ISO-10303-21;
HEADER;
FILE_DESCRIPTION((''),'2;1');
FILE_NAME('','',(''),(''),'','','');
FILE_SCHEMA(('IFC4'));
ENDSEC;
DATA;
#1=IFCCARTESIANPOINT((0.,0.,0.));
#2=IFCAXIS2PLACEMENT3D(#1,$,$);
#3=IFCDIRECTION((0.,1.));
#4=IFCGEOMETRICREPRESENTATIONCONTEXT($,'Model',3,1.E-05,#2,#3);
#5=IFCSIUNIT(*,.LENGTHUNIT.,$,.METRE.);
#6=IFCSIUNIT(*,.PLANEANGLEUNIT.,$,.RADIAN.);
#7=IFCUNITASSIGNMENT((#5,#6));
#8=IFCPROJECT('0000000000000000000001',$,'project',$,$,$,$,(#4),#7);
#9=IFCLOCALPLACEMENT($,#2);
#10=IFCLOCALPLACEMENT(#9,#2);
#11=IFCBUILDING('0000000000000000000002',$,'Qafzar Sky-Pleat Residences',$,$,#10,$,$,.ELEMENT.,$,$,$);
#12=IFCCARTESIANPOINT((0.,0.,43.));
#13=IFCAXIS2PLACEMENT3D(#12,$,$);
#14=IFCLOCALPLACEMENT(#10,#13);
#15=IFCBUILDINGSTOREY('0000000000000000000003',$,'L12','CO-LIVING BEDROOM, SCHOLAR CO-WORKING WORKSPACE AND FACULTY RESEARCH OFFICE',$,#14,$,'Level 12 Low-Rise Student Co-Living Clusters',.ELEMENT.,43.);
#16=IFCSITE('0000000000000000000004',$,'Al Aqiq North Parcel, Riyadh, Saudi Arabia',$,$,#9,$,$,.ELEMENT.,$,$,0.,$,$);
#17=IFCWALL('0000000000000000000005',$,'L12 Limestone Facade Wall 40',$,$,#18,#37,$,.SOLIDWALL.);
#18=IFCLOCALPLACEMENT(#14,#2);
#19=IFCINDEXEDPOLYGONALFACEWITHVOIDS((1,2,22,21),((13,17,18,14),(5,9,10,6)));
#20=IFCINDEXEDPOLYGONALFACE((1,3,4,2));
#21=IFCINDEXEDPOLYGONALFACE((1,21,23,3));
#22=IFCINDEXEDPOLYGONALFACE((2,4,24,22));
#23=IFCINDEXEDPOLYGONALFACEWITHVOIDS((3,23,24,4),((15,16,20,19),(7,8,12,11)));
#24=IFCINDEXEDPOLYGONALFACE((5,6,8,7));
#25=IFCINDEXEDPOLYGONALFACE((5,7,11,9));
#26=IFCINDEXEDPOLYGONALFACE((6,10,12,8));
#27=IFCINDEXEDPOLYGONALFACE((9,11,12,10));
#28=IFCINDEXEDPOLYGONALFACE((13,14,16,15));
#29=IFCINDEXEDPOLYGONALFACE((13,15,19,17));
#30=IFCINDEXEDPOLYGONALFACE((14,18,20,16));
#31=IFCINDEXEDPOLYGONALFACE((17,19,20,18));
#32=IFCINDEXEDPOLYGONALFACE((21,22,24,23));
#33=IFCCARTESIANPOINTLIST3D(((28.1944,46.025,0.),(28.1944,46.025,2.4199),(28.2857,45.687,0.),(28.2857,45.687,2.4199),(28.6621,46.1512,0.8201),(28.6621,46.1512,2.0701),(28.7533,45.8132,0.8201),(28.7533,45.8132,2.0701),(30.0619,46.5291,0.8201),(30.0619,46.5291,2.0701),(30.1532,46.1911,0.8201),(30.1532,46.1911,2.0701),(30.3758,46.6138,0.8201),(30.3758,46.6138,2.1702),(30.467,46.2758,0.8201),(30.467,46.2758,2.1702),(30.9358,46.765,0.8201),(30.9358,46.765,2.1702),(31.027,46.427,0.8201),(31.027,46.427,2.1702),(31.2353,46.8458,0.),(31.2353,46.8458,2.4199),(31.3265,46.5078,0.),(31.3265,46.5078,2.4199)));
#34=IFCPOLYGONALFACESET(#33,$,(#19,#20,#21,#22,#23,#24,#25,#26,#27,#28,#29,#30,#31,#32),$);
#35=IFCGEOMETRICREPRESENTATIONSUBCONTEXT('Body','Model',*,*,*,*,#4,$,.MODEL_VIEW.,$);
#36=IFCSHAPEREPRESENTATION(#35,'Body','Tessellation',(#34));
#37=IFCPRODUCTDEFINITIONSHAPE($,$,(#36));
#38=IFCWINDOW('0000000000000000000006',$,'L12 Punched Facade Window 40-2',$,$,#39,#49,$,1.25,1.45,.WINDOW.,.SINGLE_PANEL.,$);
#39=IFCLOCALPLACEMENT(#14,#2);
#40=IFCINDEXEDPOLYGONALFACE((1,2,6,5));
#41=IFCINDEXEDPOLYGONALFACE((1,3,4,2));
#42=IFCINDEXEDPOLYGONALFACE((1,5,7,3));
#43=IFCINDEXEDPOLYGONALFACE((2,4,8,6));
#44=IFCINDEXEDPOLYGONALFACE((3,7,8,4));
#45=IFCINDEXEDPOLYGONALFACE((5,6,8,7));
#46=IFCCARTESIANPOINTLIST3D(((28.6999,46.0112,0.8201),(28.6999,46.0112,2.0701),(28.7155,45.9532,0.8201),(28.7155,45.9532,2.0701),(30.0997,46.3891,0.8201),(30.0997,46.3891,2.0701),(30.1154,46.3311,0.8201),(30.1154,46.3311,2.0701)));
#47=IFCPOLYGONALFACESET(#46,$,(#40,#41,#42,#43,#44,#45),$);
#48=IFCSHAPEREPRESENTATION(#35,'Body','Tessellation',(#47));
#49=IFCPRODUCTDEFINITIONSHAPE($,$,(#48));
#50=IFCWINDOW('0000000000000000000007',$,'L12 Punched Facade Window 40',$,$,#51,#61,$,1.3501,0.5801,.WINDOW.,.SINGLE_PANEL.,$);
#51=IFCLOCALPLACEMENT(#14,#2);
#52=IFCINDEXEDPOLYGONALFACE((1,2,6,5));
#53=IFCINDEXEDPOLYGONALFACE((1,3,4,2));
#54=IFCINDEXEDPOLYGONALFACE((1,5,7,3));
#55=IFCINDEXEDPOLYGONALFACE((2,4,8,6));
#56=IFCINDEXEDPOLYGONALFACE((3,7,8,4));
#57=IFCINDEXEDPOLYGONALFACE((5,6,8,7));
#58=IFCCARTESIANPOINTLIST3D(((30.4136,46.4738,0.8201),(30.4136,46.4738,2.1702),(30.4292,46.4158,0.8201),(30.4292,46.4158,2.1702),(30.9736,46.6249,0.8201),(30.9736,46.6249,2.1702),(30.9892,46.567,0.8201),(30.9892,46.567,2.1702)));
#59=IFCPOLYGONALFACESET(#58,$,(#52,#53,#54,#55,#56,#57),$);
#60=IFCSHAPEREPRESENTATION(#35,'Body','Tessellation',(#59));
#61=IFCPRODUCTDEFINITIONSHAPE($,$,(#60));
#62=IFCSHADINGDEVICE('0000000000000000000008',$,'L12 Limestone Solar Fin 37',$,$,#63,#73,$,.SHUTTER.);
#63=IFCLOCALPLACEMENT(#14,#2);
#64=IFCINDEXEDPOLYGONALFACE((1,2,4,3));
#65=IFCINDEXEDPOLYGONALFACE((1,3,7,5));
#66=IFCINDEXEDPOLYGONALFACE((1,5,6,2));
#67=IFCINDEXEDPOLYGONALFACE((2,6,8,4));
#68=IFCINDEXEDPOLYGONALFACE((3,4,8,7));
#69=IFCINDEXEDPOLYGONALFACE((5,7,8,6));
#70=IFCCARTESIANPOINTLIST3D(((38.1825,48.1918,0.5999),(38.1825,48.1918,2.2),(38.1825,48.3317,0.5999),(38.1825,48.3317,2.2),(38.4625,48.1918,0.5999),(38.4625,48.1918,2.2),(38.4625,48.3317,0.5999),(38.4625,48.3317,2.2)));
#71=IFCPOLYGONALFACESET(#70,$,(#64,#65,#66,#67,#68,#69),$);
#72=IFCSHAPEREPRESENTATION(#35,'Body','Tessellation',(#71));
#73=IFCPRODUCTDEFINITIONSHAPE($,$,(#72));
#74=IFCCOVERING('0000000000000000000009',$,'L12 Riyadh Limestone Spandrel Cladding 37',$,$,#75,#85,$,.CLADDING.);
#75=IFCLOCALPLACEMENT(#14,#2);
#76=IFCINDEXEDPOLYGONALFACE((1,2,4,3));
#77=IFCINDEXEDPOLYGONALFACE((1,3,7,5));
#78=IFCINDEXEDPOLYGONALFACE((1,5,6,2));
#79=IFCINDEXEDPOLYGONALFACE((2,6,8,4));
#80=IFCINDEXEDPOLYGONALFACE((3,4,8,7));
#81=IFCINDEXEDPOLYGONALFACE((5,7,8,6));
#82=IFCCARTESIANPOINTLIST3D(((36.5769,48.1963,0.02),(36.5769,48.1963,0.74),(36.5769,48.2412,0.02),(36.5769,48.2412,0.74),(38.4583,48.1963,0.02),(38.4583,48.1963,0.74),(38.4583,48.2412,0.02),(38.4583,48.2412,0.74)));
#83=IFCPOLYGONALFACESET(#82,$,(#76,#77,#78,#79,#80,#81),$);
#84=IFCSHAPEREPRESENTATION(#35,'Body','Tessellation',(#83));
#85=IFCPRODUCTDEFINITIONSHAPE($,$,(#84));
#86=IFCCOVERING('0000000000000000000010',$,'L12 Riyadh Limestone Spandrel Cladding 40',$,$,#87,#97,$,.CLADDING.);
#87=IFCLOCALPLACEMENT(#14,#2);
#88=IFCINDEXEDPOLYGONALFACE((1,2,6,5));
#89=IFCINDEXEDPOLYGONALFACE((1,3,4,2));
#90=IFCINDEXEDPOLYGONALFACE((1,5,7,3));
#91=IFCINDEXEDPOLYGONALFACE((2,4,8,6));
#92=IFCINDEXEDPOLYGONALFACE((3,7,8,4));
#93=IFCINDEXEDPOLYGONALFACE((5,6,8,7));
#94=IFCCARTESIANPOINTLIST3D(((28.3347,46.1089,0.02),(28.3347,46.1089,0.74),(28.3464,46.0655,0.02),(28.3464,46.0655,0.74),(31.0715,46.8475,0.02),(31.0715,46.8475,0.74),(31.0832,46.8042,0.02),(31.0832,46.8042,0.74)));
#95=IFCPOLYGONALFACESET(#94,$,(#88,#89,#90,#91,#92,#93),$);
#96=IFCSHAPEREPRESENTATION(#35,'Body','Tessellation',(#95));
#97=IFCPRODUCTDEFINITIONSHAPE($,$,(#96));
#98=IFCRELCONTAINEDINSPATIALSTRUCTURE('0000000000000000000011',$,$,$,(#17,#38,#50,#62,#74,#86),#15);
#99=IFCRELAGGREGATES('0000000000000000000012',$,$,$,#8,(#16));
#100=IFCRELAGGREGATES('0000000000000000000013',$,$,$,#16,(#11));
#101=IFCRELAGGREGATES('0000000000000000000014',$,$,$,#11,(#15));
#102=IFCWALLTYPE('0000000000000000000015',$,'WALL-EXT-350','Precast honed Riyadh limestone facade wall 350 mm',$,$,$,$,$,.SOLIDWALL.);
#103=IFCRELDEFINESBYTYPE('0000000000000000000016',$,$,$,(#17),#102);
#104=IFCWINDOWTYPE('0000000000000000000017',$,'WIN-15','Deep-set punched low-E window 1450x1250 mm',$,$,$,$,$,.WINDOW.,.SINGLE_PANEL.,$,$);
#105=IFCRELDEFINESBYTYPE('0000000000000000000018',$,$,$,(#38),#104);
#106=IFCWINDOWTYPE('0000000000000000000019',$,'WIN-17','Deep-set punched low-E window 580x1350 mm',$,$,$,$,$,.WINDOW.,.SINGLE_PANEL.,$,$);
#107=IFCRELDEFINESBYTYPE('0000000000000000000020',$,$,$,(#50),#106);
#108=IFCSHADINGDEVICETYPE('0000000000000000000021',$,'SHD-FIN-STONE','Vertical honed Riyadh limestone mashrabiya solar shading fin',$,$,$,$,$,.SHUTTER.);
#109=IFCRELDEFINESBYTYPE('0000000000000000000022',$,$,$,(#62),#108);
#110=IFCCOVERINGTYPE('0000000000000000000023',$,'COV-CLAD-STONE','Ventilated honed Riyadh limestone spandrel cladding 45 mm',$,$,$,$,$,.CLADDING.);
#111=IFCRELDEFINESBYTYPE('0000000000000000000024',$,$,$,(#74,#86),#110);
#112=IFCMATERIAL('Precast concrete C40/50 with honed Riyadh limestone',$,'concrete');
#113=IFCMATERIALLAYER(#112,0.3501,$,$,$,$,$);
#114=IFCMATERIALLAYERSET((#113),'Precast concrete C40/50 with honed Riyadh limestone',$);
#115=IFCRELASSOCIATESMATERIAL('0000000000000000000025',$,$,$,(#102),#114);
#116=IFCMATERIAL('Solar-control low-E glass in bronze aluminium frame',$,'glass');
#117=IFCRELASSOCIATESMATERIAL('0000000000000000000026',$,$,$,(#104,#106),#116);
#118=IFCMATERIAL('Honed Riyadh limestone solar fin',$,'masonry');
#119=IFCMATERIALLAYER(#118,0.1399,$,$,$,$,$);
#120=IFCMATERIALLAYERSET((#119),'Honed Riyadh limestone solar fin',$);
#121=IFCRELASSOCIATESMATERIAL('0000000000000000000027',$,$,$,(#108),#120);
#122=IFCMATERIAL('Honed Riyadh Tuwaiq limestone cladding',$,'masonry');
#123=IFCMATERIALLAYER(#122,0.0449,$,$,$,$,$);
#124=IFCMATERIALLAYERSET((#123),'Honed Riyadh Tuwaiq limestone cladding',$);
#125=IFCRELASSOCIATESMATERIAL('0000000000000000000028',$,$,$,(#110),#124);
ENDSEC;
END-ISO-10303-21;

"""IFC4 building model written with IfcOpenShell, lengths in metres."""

from ifc_helpers import new_model, si_unit, direction, frame, frame_2d, origin, origin_2d, place, context, subcontext, project, spatial, rectangle, extrude, source, transform, mapped, material, layer, layer_set, type_object, element, fill, save


model = new_model("IFC4")

# Units and contexts
model_context = context("Model", 3, precision=1e-05, world=origin(), true_north=direction((0.0, 1.0)))
body_context = subcontext(model_context, "Body", "Model", "MODEL_VIEW")
ifc_project = project(units=[si_unit("LENGTHUNIT", "METRE"), si_unit("PLANEANGLEUNIT", "RADIAN")], contexts=[model_context])

# Site, building, storey
site_placement = place(None, origin())
site = spatial("IfcSite", under=ifc_project, at=site_placement, Name="Al Aqiq North Parcel, Riyadh, Saudi Arabia", CompositionType="ELEMENT", RefElevation=0.0)
building_placement = place(site_placement, origin())
building = spatial("IfcBuilding", under=site, at=building_placement, Name="Qafzar Sky-Pleat Residences", CompositionType="ELEMENT")
storey_placement = place(building_placement, frame((0.0, 0.0, 43.0)))
storey = spatial("IfcBuildingStorey", under=building, at=storey_placement, Name="L12", Description="CO-LIVING BEDROOM, SCHOLAR CO-WORKING WORKSPACE AND FACULTY RESEARCH OFFICE", LongName="Level 12 Low-Rise Student Co-Living Clusters", CompositionType="ELEMENT", Elevation=43.0)

# Shared definitions
ifc_material_1 = material(Name="Precast concrete C40/50 with honed Riyadh limestone", Category="concrete")
ifc_layer_1 = layer(ifc_material_1, 0.3501)
ifc_layer_set_1 = layer_set([ifc_layer_1], Name="Precast concrete C40/50 with honed Riyadh limestone")
wall_type_1 = type_object("IfcWallType", Name="WALL-EXT-350", Description="Precast honed Riyadh limestone facade wall 350 mm", PredefinedType="SOLIDWALL", material=ifc_layer_set_1)
ifc_material_2 = material(Name="Solar-control low-E glass in bronze aluminium frame", Category="glass")
window_type_1 = type_object("IfcWindowType", Name="WIN-15", Description="Deep-set punched low-E window 1450x1250 mm", PartitioningType="SINGLE_PANEL", PredefinedType="WINDOW", material=ifc_material_2)
shared_shape_1 = source(origin(), body_context, "Body", "SweptSolid", [
    extrude(rectangle(XDim=1.45, YDim=1.25, at=frame_2d((0.7251, 0.625))), frame((0.0, 0.03, 0.0), z_axis=(0.0, -1.0, 0.0), x_axis=(1.0, 0.0, 0.0)), (0.0, 0.0, 1.0), 0.0601),
])

# Wall, openings, windows
window_type_2 = type_object("IfcWindowType", Name="WIN-17", Description="Deep-set punched low-E window 580x1350 mm", PartitioningType="SINGLE_PANEL", PredefinedType="WINDOW", material=ifc_material_2)
shared_shape_2 = source(origin(), body_context, "Body", "SweptSolid", [
    extrude(rectangle(XDim=0.5801, YDim=1.3501, at=frame_2d((0.29, 0.675))), frame((0.0, 0.03, 0.0), z_axis=(0.0, -1.0, 0.0), x_axis=(1.0, 0.0, 0.0)), (0.0, 0.0, 1.0), 0.0601),
])
wall_1_placement = place(storey_placement, frame((31.2808, 46.6768, 0.0), z_axis=(0.0, 0.0, 1.0), x_axis=(-0.965446, -0.260604, 0.0)))
wall_1 = element("IfcWall", 1, at=wall_1_placement, inside=storey, type_object=wall_type_1, Name="L12 Limestone Facade Wall 40", PredefinedType="SOLIDWALL", context=body_context, shape_type="SweptSolid", body=[
    extrude(rectangle(XDim=3.1497, YDim=0.3501, at=frame_2d((1.5747, 0.0))), origin(), (0.0, 0.0, 1.0), 2.4199),
])
opening_1_placement = place(wall_1_placement, frame((0.3101, 0.0, 0.8201)))
opening_1 = element("IfcOpeningElement", 2, at=opening_1_placement, cuts=wall_1, PredefinedType="OPENING", context=body_context, shape_type="SweptSolid", body=[
    extrude(rectangle(XDim=0.5801, YDim=1.3501, at=frame_2d((0.29, 0.675))), frame((0.0, 0.1851, 0.0), z_axis=(0.0, -1.0, 0.0), x_axis=(1.0, 0.0, 0.0)), (0.0, 0.0, 1.0), 0.3701),
])
opening_2_placement = place(wall_1_placement, frame((1.2151, 0.0, 0.8201)))
opening_2 = element("IfcOpeningElement", 3, at=opening_2_placement, cuts=wall_1, PredefinedType="OPENING", context=body_context, shape_type="SweptSolid", body=[
    extrude(rectangle(XDim=1.45, YDim=1.25, at=frame_2d((0.7251, 0.625))), frame((0.0, 0.1851, 0.0), z_axis=(0.0, -1.0, 0.0), x_axis=(1.0, 0.0, 0.0)), (0.0, 0.0, 1.0), 0.3701),
])
window_1_placement = place(opening_2_placement, origin())
window_1 = element("IfcWindow", 4, at=window_1_placement, inside=storey, type_object=window_type_1, Name="L12 Punched Facade Window 40-2", OverallHeight=1.25, OverallWidth=1.45, PartitioningType="SINGLE_PANEL", PredefinedType="WINDOW", context=body_context, shape_type="MappedRepresentation", body=[
    mapped(shared_shape_1, transform((0.0, 0.0, 0.0), x_axis=(1.0, 0.0, 0.0), y_axis=(0.0, 1.0, 0.0), z_axis=(0.0, 0.0, 1.0), scale=1.0)),
])
fill(opening_2, window_1)
window_2_placement = place(opening_1_placement, origin())
window_2 = element("IfcWindow", 5, at=window_2_placement, inside=storey, type_object=window_type_2, Name="L12 Punched Facade Window 40", OverallHeight=1.3501, OverallWidth=0.5801, PartitioningType="SINGLE_PANEL", PredefinedType="WINDOW", context=body_context, shape_type="MappedRepresentation", body=[
    mapped(shared_shape_2, transform((0.0, 0.0, 0.0), x_axis=(1.0, 0.0, 0.0), y_axis=(0.0, 1.0, 0.0), z_axis=(0.0, 0.0, 1.0), scale=1.0)),
])
fill(opening_1, window_2)

# Shading device
ifc_material_3 = material(Name="Honed Riyadh limestone solar fin", Category="masonry")
ifc_layer_2 = layer(ifc_material_3, 0.1399)
ifc_layer_set_2 = layer_set([ifc_layer_2], Name="Honed Riyadh limestone solar fin")
shading_device_type = type_object("IfcShadingDeviceType", Name="SHD-FIN-STONE", Description="Vertical honed Riyadh limestone mashrabiya solar shading fin", PredefinedType="SHUTTER", material=ifc_layer_set_2)
shared_shape_3 = source(origin(), body_context, "Body", "SweptSolid", [
    extrude(rectangle(XDim=0.1399, YDim=0.28, at=origin_2d()), origin(), (0.0, 0.0, 1.0), 1.6001),
])
shading_device_placement = place(storey_placement, frame((38.3225, 48.2617, 0.5999), z_axis=(0.0, 0.0, 1.0), x_axis=(0.0, 1.0, 0.0)))
element("IfcShadingDevice", 6, at=shading_device_placement, inside=storey, type_object=shading_device_type, Name="L12 Limestone Solar Fin 37", PredefinedType="SHUTTER", context=body_context, shape_type="MappedRepresentation", body=[
    mapped(shared_shape_3, transform((0.0, 0.0, 0.0), x_axis=(1.0, 0.0, 0.0), y_axis=(0.0, 1.0, 0.0), z_axis=(0.0, 0.0, 1.0), scale=1.0)),
])

# Covering
ifc_material_4 = material(Name="Honed Riyadh Tuwaiq limestone cladding", Category="masonry")
ifc_layer_3 = layer(ifc_material_4, 0.0449)
ifc_layer_set_3 = layer_set([ifc_layer_3], Name="Honed Riyadh Tuwaiq limestone cladding")
covering_type = type_object("IfcCoveringType", Name="COV-CLAD-STONE", Description="Ventilated honed Riyadh limestone spandrel cladding 45 mm", PredefinedType="CLADDING", material=ifc_layer_set_3)
shared_shape_4 = source(origin(), body_context, "Body", "SweptSolid", [
    extrude(rectangle(XDim=1.8813, YDim=0.0449, at=origin_2d()), origin(), (0.0, 0.0, 1.0), 0.72),
])
covering_1_placement = place(storey_placement, frame((37.5176, 48.2188, 0.02), z_axis=(0.0, 0.0, 1.0), x_axis=(-1.0, 0.0, 0.0)))
element("IfcCovering", 7, at=covering_1_placement, inside=storey, type_object=covering_type, Name="L12 Riyadh Limestone Spandrel Cladding 37", PredefinedType="CLADDING", context=body_context, shape_type="MappedRepresentation", body=[
    mapped(shared_shape_4, transform((0.0, 0.0, 0.0), x_axis=(1.0, 0.0, 0.0), y_axis=(0.0, 1.0, 0.0), z_axis=(0.0, 0.0, 1.0), scale=1.0)),
])

# Covering
shared_shape_5 = source(origin(), body_context, "Body", "SweptSolid", [
    extrude(rectangle(XDim=2.8347, YDim=0.0449, at=origin_2d()), origin(), (0.0, 0.0, 1.0), 0.72),
])
covering_2_placement = place(storey_placement, frame((29.709, 46.4565, 0.02), z_axis=(0.0, 0.0, 1.0), x_axis=(-0.965456, -0.260564, 0.0)))
element("IfcCovering", 8, at=covering_2_placement, inside=storey, type_object=covering_type, Name="L12 Riyadh Limestone Spandrel Cladding 40", PredefinedType="CLADDING", context=body_context, shape_type="MappedRepresentation", body=[
    mapped(shared_shape_5, transform((0.0, 0.0, 0.0), x_axis=(1.0, 0.0, 0.0), y_axis=(0.0, 1.0, 0.0), z_axis=(0.0, 0.0, 1.0), scale=1.0)),
])

save(model, "model.ifc")
